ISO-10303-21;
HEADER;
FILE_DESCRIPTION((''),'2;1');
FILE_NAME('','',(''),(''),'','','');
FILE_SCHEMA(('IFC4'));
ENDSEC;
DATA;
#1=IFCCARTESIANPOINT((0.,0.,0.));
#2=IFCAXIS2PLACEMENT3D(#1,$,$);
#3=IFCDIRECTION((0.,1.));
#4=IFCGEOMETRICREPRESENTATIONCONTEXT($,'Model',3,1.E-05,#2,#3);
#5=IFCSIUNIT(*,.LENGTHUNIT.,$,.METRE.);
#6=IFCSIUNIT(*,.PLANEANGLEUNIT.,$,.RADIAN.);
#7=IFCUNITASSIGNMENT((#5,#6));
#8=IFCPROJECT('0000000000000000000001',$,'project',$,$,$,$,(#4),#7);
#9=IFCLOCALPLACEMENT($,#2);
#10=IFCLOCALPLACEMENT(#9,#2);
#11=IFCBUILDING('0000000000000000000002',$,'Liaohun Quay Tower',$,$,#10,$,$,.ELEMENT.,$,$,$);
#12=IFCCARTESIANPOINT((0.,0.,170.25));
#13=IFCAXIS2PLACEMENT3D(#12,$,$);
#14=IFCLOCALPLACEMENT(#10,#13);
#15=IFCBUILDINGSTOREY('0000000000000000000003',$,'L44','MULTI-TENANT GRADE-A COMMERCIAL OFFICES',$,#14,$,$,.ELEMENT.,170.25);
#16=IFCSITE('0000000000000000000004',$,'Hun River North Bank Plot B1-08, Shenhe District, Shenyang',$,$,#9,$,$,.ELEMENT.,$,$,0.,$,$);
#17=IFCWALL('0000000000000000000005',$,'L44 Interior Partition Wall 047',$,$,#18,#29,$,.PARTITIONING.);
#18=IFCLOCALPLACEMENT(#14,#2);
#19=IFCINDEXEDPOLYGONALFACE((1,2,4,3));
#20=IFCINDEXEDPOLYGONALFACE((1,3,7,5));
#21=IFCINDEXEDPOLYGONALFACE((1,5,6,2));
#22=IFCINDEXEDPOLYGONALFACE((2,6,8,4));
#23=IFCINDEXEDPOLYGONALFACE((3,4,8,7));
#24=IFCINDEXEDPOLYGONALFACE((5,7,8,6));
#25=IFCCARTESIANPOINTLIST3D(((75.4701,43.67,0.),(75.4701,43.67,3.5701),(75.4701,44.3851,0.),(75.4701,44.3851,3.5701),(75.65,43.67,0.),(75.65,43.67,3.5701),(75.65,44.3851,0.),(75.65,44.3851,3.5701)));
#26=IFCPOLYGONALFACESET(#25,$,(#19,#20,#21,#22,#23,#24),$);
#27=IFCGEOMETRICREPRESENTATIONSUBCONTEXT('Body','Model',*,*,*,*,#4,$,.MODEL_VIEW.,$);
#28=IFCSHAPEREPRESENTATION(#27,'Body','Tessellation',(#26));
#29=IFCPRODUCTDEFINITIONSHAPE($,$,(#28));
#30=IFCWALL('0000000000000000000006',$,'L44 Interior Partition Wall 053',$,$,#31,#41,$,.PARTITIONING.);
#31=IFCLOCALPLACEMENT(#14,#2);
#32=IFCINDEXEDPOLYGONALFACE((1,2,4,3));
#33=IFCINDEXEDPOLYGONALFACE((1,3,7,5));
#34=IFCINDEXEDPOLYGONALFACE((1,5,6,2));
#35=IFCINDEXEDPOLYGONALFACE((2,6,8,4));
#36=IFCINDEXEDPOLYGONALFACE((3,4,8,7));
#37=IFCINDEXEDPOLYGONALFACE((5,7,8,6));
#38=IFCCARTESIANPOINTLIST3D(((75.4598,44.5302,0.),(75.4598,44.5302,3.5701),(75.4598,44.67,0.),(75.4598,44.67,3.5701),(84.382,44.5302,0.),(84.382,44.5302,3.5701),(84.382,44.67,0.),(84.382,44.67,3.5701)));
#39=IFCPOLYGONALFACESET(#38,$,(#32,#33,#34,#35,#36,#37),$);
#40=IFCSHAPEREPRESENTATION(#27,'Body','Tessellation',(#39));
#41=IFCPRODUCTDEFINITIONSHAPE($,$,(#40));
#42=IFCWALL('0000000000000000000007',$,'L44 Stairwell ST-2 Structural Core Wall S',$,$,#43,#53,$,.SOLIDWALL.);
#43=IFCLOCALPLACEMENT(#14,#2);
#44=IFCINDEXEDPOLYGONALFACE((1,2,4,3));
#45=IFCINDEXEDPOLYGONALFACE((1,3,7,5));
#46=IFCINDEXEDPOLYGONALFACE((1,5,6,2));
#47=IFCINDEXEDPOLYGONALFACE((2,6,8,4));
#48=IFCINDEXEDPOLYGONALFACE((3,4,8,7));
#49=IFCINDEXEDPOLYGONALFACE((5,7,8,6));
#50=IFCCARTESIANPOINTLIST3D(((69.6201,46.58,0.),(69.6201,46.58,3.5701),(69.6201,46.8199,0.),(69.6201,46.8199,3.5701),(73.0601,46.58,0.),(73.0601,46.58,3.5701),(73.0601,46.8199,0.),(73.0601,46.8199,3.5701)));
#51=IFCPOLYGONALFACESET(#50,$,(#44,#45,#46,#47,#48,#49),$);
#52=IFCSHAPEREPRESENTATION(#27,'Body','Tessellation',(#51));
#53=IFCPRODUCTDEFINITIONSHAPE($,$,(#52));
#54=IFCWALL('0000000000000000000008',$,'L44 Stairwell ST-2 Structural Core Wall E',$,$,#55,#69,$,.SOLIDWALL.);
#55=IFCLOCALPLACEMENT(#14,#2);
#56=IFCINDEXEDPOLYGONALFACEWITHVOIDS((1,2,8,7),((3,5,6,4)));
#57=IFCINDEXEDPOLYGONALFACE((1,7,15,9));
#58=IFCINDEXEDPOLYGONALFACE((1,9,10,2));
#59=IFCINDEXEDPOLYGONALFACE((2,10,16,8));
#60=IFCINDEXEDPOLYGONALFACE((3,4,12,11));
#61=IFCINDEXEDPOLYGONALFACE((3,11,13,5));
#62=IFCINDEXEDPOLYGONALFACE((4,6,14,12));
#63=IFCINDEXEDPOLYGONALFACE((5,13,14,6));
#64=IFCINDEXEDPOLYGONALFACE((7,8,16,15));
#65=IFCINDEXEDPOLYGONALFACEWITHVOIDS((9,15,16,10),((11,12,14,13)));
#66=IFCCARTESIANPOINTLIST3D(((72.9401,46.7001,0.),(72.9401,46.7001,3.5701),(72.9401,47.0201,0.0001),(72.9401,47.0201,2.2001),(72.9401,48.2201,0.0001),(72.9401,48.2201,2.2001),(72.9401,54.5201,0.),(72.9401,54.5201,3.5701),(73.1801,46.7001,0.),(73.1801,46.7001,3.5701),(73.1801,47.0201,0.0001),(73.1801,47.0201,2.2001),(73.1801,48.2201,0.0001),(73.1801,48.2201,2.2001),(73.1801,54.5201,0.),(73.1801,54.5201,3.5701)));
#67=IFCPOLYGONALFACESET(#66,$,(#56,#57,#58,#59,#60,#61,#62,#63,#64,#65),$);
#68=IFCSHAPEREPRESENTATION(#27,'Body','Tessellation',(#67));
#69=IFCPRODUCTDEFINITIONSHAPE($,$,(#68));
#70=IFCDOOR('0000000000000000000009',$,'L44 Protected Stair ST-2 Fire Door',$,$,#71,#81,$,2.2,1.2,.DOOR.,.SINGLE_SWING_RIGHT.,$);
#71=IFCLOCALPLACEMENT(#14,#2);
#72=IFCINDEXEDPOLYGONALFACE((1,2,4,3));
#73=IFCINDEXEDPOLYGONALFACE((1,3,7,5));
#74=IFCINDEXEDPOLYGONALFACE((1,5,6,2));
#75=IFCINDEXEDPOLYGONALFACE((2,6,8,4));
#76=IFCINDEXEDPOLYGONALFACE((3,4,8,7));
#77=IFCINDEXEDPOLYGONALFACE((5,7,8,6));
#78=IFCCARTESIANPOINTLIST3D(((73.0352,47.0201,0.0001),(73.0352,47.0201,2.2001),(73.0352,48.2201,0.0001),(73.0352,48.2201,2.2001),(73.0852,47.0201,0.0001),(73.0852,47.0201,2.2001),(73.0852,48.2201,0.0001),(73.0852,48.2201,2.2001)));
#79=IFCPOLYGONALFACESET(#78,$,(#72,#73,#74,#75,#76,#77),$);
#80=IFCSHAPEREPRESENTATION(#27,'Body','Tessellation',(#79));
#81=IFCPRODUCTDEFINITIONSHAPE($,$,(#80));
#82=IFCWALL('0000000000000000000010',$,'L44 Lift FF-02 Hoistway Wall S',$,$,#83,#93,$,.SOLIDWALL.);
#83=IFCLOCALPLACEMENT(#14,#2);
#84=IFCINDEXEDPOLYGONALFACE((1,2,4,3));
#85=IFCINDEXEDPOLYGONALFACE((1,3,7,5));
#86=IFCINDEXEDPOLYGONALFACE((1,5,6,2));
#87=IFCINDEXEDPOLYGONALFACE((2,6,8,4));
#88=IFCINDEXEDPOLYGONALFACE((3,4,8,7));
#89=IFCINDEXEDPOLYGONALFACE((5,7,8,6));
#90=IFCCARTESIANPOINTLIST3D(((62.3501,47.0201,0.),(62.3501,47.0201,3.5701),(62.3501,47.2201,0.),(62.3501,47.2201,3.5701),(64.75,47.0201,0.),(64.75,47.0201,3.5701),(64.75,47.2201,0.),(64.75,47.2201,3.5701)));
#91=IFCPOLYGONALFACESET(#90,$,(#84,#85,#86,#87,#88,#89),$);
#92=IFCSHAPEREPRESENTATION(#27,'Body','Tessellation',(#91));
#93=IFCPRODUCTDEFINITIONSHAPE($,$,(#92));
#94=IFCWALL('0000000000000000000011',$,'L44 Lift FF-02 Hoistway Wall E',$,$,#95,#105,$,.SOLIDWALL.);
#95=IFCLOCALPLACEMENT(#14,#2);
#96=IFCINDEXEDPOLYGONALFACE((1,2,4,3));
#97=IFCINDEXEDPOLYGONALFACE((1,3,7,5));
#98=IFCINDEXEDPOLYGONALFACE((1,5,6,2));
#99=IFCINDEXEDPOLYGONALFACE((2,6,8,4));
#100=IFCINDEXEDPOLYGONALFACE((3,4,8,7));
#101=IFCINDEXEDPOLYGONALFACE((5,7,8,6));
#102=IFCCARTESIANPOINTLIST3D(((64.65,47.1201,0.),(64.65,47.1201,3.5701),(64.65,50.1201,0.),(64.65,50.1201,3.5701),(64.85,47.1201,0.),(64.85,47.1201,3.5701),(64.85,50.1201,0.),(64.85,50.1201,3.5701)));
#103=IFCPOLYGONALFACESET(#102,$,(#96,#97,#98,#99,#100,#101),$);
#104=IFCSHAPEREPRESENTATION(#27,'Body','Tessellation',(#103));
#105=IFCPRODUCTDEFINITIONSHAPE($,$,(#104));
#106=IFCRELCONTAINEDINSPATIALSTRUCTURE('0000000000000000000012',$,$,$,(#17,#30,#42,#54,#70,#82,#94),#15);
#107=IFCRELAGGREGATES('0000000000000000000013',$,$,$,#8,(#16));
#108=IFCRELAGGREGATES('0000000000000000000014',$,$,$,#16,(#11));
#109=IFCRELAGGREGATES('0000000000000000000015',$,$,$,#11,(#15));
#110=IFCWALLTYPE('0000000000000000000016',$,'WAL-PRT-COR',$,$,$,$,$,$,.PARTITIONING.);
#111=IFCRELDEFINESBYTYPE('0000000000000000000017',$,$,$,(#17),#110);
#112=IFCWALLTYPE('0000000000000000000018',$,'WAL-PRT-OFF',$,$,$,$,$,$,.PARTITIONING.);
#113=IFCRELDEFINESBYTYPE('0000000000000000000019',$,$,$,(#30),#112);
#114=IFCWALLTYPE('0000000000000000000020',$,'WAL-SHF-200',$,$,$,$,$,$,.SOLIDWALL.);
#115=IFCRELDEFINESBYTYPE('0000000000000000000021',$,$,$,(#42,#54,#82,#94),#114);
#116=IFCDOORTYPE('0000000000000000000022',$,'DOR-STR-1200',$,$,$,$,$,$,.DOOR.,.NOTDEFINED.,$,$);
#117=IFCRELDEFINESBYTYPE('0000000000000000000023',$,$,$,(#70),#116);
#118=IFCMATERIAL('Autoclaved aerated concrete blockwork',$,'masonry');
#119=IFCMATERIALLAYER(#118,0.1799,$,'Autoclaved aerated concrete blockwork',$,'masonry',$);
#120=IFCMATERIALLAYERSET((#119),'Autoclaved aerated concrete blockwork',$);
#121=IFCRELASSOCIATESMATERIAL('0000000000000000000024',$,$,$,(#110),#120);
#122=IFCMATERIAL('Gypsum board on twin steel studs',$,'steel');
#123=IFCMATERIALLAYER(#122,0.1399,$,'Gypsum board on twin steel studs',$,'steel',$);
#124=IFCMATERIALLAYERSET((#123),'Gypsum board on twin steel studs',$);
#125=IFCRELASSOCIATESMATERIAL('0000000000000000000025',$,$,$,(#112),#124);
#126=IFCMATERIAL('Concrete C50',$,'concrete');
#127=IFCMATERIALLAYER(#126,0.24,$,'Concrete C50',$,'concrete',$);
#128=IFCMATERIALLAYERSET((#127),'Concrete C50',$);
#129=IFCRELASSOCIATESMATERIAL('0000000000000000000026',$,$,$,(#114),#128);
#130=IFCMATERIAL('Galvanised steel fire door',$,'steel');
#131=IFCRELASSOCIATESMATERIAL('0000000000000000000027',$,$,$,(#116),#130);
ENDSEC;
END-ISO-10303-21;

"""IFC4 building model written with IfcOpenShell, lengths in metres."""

from ifc_helpers import new_model, si_unit, direction, frame, frame_2d, origin, place, context, subcontext, project, spatial, rectangle, extrude, source, transform, mapped, material, layer, layer_set, type_object, element, fill, save


model = new_model("IFC4")

# Units and contexts
model_context = context("Model", 3, precision=1e-05, world=origin(), true_north=direction((0.0, 1.0)))
body_context = subcontext(model_context, "Body", "Model", "MODEL_VIEW")
ifc_project = project(units=[si_unit("LENGTHUNIT", "METRE"), si_unit("PLANEANGLEUNIT", "RADIAN")], contexts=[model_context])

# Site, building, storey
site_placement = place(None, origin())
site = spatial("IfcSite", under=ifc_project, at=site_placement, Name="Hun River North Bank Plot B1-08, Shenhe District, Shenyang", CompositionType="ELEMENT", RefElevation=0.0)
building_placement = place(site_placement, origin())
building = spatial("IfcBuilding", under=site, at=building_placement, Name="Liaohun Quay Tower", CompositionType="ELEMENT")
storey_placement = place(building_placement, frame((0.0, 0.0, 170.25)))
storey = spatial("IfcBuildingStorey", under=building, at=storey_placement, Name="L44", Description="MULTI-TENANT GRADE-A COMMERCIAL OFFICES", CompositionType="ELEMENT", Elevation=170.25)

# Walls
ifc_material_1 = material(Name="Autoclaved aerated concrete blockwork", Category="masonry")
ifc_layer_1 = layer(ifc_material_1, 0.1799, Name="Autoclaved aerated concrete blockwork", Category="masonry")
ifc_layer_set_1 = layer_set([ifc_layer_1], Name="Autoclaved aerated concrete blockwork")
wall_type_1 = type_object("IfcWallType", Name="WAL-PRT-COR", PredefinedType="PARTITIONING", material=ifc_layer_set_1)
wall_1_placement = place(storey_placement, frame((75.5601, 44.385, 0.0), z_axis=(0.0, 0.0, 1.0), x_axis=(0.0, -1.0, 0.0)))
element("IfcWall", 1, at=wall_1_placement, inside=storey, type_object=wall_type_1, Name="L44 Interior Partition Wall 047", PredefinedType="PARTITIONING", context=body_context, shape_type="SweptSolid", body=[
    extrude(rectangle(XDim=0.7151, YDim=0.1799, at=frame_2d((0.3574, 0.0))), origin(), (0.0, 0.0, 1.0), 3.5701),
])
ifc_material_2 = material(Name="Gypsum board on twin steel studs", Category="steel")
ifc_layer_2 = layer(ifc_material_2, 0.1399, Name="Gypsum board on twin steel studs", Category="steel")
ifc_layer_set_2 = layer_set([ifc_layer_2], Name="Gypsum board on twin steel studs")
wall_type_2 = type_object("IfcWallType", Name="WAL-PRT-OFF", PredefinedType="PARTITIONING", material=ifc_layer_set_2)
wall_2_placement = place(storey_placement, frame((75.46, 44.6001, 0.0), z_axis=(0.0, 0.0, 1.0), x_axis=(1.0, 0.0, 0.0)))
element("IfcWall", 2, at=wall_2_placement, inside=storey, type_object=wall_type_2, Name="L44 Interior Partition Wall 053", PredefinedType="PARTITIONING", context=body_context, shape_type="SweptSolid", body=[
    extrude(rectangle(XDim=8.9221, YDim=0.1399, at=frame_2d((4.4609, 0.0))), origin(), (0.0, 0.0, 1.0), 3.5701),
])
ifc_material_3 = material(Name="Concrete C50", Category="concrete")
ifc_layer_3 = layer(ifc_material_3, 0.24, Name="Concrete C50", Category="concrete")
ifc_layer_set_3 = layer_set([ifc_layer_3], Name="Concrete C50")
wall_type_3 = type_object("IfcWallType", Name="WAL-SHF-200", PredefinedType="SOLIDWALL", material=ifc_layer_set_3)
wall_3_placement = place(storey_placement, frame((69.6201, 46.7, 0.0), z_axis=(0.0, 0.0, 1.0), x_axis=(1.0, 0.0, 0.0)))
element("IfcWall", 3, at=wall_3_placement, inside=storey, type_object=wall_type_3, Name="L44 Stairwell ST-2 Structural Core Wall S", PredefinedType="SOLIDWALL", context=body_context, shape_type="SweptSolid", body=[
    extrude(rectangle(XDim=3.4399, YDim=0.24, at=frame_2d((1.72, 0.0))), origin(), (0.0, 0.0, 1.0), 3.5701),
])

# Wall, opening, door
wall_4_placement = place(storey_placement, frame((73.0601, 46.7, 0.0), z_axis=(0.0, 0.0, 1.0), x_axis=(0.0, 1.0, 0.0)))
wall_4 = element("IfcWall", 4, at=wall_4_placement, inside=storey, type_object=wall_type_3, Name="L44 Stairwell ST-2 Structural Core Wall E", PredefinedType="SOLIDWALL", context=body_context, shape_type="SweptSolid", body=[
    extrude(rectangle(XDim=7.8201, YDim=0.24, at=frame_2d((3.9102, 0.0))), origin(), (0.0, 0.0, 1.0), 3.5701),
])
shared_shape_1 = source(origin(), body_context, "Body", "SweptSolid", [
    extrude(rectangle(XDim=1.2, YDim=2.2, at=frame_2d((0.6001, 1.1001))), frame((0.0, 0.1299, 0.0), z_axis=(0.0, -1.0, 0.0), x_axis=(1.0, 0.0, 0.0)), (0.0, 0.0, 1.0), 0.26),
])
opening_1_placement = place(wall_4_placement, frame((0.3201, 0.0, 0.0)))
opening_1 = element("IfcOpeningElement", 5, at=opening_1_placement, cuts=wall_4, PredefinedType="OPENING", context=body_context, shape_type="MappedRepresentation", body=[
    mapped(shared_shape_1, transform((0.0, 0.0, 0.0), x_axis=(1.0, 0.0, 0.0), y_axis=(0.0, 1.0, 0.0), z_axis=(0.0, 0.0, 1.0), scale=1.0)),
])
ifc_material_4 = material(Name="Galvanised steel fire door", Category="steel")
door_type_1 = type_object("IfcDoorType", Name="DOR-STR-1200", OperationType="NOTDEFINED", PredefinedType="DOOR", material=ifc_material_4)
shared_shape_2 = source(origin(), body_context, "Body", "SweptSolid", [
    extrude(rectangle(XDim=1.2, YDim=2.2, at=frame_2d((0.6001, 1.1001))), frame((0.0, 0.0249, 0.0), z_axis=(0.0, -1.0, 0.0), x_axis=(1.0, 0.0, 0.0)), (0.0, 0.0, 1.0), 0.05),
])
door_1_placement = place(opening_1_placement, origin())
door_1 = element("IfcDoor", 6, at=door_1_placement, inside=storey, type_object=door_type_1, Name="L44 Protected Stair ST-2 Fire Door", OperationType="SINGLE_SWING_RIGHT", OverallHeight=2.2, OverallWidth=1.2, PredefinedType="DOOR", context=body_context, shape_type="MappedRepresentation", body=[
    mapped(shared_shape_2, transform((0.0, 0.0, 0.0), x_axis=(1.0, 0.0, 0.0), y_axis=(0.0, 1.0, 0.0), z_axis=(0.0, 0.0, 1.0), scale=1.0)),
])
fill(opening_1, door_1)

# Walls
wall_5_placement = place(storey_placement, frame((62.3501, 47.1201, 0.0), z_axis=(0.0, 0.0, 1.0), x_axis=(1.0, 0.0, 0.0)))
element("IfcWall", 7, at=wall_5_placement, inside=storey, type_object=wall_type_3, Name="L44 Lift FF-02 Hoistway Wall S", PredefinedType="SOLIDWALL", context=body_context, shape_type="SweptSolid", body=[
    extrude(rectangle(XDim=2.3999, YDim=0.2, at=frame_2d((1.2, 0.0))), origin(), (0.0, 0.0, 1.0), 3.5701),
])
wall_6_placement = place(storey_placement, frame((64.75, 47.1201, 0.0), z_axis=(0.0, 0.0, 1.0), x_axis=(0.0, 1.0, 0.0)))
element("IfcWall", 8, at=wall_6_placement, inside=storey, type_object=wall_type_3, Name="L44 Lift FF-02 Hoistway Wall E", PredefinedType="SOLIDWALL", context=body_context, shape_type="SweptSolid", body=[
    extrude(rectangle(XDim=3.0, YDim=0.2, at=frame_2d((1.5, 0.0))), origin(), (0.0, 0.0, 1.0), 3.5701),
])

save(model, "model.ifc")
